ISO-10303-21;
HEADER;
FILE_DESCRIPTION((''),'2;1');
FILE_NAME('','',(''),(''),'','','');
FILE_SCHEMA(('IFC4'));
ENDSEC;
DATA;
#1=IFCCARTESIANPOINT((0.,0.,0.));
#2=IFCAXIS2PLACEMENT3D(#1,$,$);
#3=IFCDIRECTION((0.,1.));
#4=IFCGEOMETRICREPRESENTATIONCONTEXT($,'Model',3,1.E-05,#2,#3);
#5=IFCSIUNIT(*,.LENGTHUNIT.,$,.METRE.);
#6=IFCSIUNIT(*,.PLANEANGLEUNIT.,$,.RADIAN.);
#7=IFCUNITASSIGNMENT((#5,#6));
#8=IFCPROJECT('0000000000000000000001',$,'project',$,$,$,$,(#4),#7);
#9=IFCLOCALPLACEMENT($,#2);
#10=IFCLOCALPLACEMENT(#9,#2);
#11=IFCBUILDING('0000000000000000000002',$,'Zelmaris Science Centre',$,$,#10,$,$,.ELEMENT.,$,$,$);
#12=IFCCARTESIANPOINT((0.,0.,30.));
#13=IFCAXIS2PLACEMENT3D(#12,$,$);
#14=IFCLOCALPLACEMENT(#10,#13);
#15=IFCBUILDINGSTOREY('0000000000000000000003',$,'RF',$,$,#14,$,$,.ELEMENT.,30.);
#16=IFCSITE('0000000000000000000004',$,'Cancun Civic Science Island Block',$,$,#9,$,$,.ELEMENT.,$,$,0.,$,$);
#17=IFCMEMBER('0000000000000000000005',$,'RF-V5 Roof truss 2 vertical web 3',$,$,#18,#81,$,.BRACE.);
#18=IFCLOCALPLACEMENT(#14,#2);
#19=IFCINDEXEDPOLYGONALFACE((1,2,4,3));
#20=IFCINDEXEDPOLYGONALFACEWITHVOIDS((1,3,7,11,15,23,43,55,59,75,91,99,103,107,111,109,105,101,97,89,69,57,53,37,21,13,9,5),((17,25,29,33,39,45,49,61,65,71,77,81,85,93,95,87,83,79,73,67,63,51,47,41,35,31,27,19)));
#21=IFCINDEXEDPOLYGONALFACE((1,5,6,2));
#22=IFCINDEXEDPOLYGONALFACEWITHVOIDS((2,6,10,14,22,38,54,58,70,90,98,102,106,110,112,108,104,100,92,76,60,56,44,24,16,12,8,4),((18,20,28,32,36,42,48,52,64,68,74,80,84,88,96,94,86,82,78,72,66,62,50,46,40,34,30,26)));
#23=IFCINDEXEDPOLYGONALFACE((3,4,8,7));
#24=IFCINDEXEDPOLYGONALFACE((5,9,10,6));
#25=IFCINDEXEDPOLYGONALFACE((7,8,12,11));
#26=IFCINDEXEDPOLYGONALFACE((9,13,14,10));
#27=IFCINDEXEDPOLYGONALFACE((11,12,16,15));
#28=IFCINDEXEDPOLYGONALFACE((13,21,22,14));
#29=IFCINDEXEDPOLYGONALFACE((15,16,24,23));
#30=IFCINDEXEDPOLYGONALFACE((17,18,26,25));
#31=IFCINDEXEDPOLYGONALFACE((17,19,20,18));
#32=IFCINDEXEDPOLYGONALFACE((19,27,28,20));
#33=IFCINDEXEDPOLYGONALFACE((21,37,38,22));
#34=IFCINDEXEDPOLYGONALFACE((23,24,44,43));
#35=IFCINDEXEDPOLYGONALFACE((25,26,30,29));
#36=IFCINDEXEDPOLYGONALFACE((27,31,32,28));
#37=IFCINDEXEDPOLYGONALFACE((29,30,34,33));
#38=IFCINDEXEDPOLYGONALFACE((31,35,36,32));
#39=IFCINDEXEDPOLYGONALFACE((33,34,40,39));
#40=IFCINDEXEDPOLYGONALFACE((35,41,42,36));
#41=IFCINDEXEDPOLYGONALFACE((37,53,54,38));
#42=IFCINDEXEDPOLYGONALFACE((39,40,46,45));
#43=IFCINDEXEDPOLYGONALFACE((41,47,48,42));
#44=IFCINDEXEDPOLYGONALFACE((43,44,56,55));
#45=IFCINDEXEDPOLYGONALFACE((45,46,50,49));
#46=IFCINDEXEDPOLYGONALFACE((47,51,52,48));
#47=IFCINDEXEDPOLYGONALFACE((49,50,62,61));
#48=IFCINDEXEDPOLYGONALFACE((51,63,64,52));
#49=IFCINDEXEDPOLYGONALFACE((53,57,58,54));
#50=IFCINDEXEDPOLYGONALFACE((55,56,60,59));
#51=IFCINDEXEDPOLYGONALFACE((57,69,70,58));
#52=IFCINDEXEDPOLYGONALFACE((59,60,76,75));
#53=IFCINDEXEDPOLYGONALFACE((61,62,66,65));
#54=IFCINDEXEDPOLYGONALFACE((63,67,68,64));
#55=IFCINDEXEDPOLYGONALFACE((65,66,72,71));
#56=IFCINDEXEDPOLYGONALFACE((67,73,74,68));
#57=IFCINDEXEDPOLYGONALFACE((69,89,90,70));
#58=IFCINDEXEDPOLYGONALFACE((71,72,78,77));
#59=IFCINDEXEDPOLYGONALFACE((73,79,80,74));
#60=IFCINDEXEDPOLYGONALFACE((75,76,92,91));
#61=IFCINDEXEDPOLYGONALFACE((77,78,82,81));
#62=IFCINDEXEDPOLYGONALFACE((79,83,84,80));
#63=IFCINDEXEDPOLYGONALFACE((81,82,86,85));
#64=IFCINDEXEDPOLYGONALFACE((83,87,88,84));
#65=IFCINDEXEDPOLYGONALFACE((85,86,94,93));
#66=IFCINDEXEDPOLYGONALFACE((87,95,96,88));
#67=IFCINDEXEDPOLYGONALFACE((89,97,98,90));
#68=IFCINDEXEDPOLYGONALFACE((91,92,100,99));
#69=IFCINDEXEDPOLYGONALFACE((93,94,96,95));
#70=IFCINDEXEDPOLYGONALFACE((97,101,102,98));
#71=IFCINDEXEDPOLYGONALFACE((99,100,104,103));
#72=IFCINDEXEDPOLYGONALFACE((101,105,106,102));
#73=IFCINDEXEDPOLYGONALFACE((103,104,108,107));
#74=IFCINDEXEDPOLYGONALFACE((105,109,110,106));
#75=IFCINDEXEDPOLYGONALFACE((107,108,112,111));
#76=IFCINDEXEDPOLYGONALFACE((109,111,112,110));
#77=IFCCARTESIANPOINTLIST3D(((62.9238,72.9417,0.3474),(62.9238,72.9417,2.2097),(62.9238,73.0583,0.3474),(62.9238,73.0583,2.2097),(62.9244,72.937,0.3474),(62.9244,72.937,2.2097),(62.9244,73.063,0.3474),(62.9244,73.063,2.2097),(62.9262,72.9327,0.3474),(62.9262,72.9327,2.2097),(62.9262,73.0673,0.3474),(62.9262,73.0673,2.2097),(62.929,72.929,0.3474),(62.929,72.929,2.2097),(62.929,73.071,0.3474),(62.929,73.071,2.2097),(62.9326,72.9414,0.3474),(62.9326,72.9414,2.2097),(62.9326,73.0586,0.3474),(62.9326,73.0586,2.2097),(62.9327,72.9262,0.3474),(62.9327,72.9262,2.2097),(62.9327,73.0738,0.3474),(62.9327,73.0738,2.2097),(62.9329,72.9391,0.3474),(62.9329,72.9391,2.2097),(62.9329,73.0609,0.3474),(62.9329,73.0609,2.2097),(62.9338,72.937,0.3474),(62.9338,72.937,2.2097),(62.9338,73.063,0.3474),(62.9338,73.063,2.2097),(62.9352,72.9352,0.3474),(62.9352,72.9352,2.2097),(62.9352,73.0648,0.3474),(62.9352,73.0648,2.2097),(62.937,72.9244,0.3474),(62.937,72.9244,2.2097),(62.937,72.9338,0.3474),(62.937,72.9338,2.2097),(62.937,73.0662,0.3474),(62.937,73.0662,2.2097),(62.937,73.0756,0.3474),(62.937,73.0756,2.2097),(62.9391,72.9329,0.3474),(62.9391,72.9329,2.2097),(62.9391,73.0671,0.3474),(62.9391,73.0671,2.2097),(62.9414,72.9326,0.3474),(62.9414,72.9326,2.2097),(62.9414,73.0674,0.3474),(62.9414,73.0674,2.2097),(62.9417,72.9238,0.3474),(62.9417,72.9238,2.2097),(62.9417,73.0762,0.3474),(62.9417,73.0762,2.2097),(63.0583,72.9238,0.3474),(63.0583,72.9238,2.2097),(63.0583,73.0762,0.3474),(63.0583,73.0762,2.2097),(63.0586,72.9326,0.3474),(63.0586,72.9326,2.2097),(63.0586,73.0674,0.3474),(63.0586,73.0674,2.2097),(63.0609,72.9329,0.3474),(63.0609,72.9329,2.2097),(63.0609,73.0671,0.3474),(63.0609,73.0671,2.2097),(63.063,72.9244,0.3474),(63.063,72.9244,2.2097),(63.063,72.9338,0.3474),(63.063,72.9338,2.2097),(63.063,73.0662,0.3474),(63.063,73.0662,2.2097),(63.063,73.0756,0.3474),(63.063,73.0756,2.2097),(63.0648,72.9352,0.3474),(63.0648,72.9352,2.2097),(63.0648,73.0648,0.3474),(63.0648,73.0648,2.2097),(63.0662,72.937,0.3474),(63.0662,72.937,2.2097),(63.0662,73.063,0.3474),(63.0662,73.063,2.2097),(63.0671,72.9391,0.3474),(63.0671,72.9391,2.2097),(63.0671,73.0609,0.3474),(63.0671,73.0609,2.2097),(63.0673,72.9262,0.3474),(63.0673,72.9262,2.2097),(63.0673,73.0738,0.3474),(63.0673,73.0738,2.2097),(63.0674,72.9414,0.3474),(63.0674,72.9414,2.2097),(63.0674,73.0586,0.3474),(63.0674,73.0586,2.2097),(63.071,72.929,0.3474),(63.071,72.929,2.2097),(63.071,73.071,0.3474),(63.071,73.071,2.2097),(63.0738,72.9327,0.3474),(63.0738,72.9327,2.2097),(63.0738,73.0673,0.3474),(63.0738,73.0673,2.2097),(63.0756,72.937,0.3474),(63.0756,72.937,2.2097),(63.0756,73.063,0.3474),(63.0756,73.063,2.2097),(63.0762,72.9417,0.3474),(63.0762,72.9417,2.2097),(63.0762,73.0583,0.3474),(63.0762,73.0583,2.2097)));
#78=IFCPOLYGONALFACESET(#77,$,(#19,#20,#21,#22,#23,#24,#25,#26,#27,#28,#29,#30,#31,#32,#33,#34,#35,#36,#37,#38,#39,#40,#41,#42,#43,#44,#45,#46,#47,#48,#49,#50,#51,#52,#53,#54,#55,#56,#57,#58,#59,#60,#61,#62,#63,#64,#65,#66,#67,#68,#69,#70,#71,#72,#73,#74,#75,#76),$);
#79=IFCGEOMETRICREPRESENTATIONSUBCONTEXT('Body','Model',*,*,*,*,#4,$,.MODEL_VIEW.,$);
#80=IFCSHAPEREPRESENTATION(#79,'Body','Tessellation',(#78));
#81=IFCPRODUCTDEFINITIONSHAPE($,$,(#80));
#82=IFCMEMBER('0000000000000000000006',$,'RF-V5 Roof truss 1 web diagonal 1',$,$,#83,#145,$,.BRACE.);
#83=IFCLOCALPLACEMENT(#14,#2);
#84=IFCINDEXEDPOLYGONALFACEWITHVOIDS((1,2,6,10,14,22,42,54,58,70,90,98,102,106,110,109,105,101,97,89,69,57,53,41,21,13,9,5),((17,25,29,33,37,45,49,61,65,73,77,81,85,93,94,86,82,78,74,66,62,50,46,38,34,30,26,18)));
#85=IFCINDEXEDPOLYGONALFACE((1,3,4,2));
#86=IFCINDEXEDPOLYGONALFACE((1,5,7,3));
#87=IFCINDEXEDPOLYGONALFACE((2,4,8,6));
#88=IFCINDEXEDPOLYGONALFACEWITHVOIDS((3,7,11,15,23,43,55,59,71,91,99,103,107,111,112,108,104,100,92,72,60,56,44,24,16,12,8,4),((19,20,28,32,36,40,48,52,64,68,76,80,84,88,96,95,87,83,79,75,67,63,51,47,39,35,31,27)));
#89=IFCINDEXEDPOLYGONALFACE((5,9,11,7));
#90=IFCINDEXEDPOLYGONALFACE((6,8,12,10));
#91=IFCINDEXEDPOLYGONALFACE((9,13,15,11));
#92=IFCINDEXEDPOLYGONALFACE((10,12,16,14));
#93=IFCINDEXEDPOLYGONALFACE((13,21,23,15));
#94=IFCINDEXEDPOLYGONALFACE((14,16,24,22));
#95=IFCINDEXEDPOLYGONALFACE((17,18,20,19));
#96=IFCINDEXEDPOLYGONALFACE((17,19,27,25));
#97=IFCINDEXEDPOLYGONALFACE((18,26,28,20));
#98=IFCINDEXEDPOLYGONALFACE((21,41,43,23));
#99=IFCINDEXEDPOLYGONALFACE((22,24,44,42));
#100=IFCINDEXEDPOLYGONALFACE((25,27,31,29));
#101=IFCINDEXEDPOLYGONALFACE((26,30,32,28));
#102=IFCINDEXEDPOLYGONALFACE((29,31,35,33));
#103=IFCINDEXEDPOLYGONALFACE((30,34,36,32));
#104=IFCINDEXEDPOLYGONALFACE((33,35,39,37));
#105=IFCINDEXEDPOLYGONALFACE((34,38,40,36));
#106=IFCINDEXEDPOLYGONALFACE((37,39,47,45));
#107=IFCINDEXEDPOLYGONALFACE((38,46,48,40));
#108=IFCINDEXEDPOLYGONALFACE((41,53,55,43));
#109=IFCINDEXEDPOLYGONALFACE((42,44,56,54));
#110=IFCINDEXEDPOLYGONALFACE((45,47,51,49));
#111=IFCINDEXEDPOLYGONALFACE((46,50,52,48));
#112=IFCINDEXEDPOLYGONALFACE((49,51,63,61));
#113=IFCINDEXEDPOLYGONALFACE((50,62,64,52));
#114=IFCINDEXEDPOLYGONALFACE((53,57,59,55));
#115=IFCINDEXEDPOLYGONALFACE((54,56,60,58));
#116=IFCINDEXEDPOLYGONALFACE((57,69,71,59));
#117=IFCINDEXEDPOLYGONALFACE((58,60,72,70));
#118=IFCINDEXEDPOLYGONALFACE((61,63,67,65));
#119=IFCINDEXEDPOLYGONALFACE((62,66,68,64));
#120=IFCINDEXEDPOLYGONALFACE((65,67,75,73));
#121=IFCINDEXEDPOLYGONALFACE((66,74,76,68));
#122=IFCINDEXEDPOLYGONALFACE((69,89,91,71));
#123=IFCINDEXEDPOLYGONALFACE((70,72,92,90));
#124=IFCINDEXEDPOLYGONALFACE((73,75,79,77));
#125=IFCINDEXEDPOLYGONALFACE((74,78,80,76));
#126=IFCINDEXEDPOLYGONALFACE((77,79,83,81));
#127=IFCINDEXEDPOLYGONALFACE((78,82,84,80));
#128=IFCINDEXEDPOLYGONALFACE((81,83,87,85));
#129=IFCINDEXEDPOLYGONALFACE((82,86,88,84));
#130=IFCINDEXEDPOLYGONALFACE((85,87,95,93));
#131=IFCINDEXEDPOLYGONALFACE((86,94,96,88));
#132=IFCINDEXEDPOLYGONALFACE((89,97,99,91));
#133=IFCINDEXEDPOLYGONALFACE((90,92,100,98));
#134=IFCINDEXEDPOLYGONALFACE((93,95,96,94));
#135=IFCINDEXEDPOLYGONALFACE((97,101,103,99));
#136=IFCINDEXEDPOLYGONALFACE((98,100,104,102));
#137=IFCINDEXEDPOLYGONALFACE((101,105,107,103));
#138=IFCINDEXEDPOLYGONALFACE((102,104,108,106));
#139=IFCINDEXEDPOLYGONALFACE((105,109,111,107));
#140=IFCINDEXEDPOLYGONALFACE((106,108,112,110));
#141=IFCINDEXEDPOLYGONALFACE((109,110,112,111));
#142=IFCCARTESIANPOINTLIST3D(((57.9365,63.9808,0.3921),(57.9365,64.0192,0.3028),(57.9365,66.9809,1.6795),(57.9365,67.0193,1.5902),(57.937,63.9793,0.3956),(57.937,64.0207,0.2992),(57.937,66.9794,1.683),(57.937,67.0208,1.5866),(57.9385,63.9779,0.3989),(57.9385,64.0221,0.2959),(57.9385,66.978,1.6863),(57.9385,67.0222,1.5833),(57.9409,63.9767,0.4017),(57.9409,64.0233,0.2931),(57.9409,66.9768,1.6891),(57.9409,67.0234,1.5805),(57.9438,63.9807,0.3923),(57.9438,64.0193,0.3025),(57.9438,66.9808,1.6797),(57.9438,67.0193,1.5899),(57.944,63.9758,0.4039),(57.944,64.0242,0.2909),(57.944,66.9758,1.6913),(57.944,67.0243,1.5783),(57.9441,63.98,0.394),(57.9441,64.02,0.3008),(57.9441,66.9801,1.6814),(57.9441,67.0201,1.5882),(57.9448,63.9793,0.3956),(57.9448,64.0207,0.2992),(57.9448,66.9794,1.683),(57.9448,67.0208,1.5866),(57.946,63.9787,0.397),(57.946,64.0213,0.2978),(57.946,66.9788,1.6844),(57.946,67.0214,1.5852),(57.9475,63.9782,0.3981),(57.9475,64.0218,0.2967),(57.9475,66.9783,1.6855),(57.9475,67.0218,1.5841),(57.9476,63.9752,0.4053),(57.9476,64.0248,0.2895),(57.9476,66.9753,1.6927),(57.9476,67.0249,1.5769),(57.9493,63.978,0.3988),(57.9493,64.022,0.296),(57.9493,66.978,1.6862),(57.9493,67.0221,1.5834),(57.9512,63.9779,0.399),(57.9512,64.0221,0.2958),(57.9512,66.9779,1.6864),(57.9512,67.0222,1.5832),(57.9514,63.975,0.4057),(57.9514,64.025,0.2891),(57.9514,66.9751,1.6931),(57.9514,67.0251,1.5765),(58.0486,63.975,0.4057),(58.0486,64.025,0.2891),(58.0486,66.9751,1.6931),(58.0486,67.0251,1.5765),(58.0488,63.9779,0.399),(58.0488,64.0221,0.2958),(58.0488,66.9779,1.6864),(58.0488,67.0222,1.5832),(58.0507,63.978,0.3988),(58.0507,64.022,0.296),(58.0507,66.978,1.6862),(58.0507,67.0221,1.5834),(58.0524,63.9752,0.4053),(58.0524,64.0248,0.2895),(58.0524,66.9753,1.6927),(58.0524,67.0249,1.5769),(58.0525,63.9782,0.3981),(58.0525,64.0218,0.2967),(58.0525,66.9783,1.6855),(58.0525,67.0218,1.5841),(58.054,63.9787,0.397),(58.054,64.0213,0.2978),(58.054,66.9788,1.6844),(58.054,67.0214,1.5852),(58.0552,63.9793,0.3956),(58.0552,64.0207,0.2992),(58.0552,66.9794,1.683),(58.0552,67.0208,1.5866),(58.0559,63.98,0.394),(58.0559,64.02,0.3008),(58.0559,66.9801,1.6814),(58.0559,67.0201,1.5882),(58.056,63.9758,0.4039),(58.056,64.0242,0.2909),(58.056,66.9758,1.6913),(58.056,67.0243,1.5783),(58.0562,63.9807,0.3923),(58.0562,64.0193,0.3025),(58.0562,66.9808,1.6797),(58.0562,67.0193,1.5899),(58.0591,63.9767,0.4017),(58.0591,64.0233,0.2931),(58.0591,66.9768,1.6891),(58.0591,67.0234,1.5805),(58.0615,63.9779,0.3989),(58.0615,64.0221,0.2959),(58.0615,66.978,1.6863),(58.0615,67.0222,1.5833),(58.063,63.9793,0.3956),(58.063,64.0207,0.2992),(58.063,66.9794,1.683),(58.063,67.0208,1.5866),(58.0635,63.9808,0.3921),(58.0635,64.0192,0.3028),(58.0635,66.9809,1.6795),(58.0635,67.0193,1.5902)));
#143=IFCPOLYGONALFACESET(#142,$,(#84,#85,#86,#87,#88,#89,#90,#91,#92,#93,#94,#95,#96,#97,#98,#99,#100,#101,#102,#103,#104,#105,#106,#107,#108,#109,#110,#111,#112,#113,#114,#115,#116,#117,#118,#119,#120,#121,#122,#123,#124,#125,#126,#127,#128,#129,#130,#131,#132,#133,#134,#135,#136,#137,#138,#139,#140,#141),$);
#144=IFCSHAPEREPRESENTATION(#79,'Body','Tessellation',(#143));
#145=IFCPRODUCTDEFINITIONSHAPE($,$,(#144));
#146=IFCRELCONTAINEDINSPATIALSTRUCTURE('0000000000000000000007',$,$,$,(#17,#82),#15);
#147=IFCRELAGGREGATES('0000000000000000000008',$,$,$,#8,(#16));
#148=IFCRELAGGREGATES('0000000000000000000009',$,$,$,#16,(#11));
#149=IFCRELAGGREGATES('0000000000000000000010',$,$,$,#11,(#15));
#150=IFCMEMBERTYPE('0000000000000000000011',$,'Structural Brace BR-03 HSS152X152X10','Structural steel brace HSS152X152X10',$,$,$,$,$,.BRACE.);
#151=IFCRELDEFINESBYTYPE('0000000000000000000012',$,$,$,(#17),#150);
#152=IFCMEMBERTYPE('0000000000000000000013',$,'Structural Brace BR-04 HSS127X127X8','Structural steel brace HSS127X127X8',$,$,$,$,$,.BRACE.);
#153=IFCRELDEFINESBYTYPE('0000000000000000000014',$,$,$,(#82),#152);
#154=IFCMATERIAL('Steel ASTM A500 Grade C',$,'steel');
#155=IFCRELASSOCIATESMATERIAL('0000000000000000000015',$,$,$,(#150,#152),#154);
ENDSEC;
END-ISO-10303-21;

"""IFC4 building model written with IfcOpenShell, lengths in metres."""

from ifc_helpers import new_model, si_unit, direction, frame, origin, origin_2d, place, context, subcontext, project, spatial, hollow_rectangle, extrude, material, material_profile, profile_set, type_object, element, save


model = new_model("IFC4")

# Units and contexts
model_context = context("Model", 3, precision=1e-05, world=origin(), true_north=direction((0.0, 1.0)))
body_context = subcontext(model_context, "Body", "Model", "MODEL_VIEW")
ifc_project = project(units=[si_unit("LENGTHUNIT", "METRE"), si_unit("PLANEANGLEUNIT", "RADIAN")], contexts=[model_context])

# Site, building, storey
site_placement = place(None, origin())
site = spatial("IfcSite", under=ifc_project, at=site_placement, Name="Cancun Civic Science Island Block", CompositionType="ELEMENT", RefElevation=0.0)
building_placement = place(site_placement, origin())
building = spatial("IfcBuilding", under=site, at=building_placement, Name="Zelmaris Science Centre", CompositionType="ELEMENT")
storey_placement = place(building_placement, frame((0.0, 0.0, 30.0)))
storey = spatial("IfcBuildingStorey", under=building, at=storey_placement, Name="RF", CompositionType="ELEMENT", Elevation=30.0)

# Shared definitions
ifc_material_1 = material(Name="Steel ASTM A500 Grade C", Category="steel")

# Members
ifc_material_profile_1 = material_profile(ifc_material_1, hollow_rectangle(XDim=0.1523, YDim=0.1523, WallThickness=0.0088, InnerFilletRadius=0.0088, OuterFilletRadius=0.0178, at=origin_2d()), Name="HSS152X152X10")
ifc_profile_set_1 = profile_set([ifc_material_profile_1], Name="Steel ASTM A500 Grade C")
member_type_1 = type_object("IfcMemberType", Name="Structural Brace BR-03 HSS152X152X10", Description="Structural steel brace HSS152X152X10", PredefinedType="BRACE", material=ifc_profile_set_1)
member_1_placement = place(storey_placement, frame((63.0, 73.0, 0.3474), z_axis=(0.0, 0.0, 1.0), x_axis=(1.0, 0.0, 0.0)))
element("IfcMember", 1, at=member_1_placement, inside=storey, type_object=member_type_1, Name="RF-V5 Roof truss 2 vertical web 3", PredefinedType="BRACE", context=body_context, shape_type="SweptSolid", body=[
    extrude(hollow_rectangle(XDim=0.1523, YDim=0.1523, WallThickness=0.0088, InnerFilletRadius=0.0088, OuterFilletRadius=0.0178, at=origin_2d()), origin(), (0.0, 0.0, 1.0), 1.8623),
])
ifc_material_profile_2 = material_profile(ifc_material_1, hollow_rectangle(XDim=0.127, YDim=0.127, WallThickness=0.0073, InnerFilletRadius=0.0073, OuterFilletRadius=0.0149, at=origin_2d()), Name="HSS127X127X8")
ifc_profile_set_2 = profile_set([ifc_material_profile_2], Name="Steel ASTM A500 Grade C")
member_type_2 = type_object("IfcMemberType", Name="Structural Brace BR-04 HSS127X127X8", Description="Structural steel brace HSS127X127X8", PredefinedType="BRACE", material=ifc_profile_set_2)
for number, where, z_axis, x_axis, name in (
    (2, (58.0, 64.0, 0.3474), (0.0, 0.918963, 0.394343), (-1.0, 0.0, 0.0), "RF-V5 Roof truss 1 web diagonal 1"),
):
    element("IfcMember", number, at=place(storey_placement, frame(where, z_axis=z_axis, x_axis=x_axis)), inside=storey, type_object=member_type_2, Name=name, PredefinedType="BRACE", context=body_context, shape_type="SweptSolid", body=[
        extrude(hollow_rectangle(XDim=0.127, YDim=0.127, WallThickness=0.0073, InnerFilletRadius=0.0073, OuterFilletRadius=0.0149, at=origin_2d()), origin(), (0.0, 0.0, 1.0), 3.2646),
    ])

save(model, "model.ifc")
